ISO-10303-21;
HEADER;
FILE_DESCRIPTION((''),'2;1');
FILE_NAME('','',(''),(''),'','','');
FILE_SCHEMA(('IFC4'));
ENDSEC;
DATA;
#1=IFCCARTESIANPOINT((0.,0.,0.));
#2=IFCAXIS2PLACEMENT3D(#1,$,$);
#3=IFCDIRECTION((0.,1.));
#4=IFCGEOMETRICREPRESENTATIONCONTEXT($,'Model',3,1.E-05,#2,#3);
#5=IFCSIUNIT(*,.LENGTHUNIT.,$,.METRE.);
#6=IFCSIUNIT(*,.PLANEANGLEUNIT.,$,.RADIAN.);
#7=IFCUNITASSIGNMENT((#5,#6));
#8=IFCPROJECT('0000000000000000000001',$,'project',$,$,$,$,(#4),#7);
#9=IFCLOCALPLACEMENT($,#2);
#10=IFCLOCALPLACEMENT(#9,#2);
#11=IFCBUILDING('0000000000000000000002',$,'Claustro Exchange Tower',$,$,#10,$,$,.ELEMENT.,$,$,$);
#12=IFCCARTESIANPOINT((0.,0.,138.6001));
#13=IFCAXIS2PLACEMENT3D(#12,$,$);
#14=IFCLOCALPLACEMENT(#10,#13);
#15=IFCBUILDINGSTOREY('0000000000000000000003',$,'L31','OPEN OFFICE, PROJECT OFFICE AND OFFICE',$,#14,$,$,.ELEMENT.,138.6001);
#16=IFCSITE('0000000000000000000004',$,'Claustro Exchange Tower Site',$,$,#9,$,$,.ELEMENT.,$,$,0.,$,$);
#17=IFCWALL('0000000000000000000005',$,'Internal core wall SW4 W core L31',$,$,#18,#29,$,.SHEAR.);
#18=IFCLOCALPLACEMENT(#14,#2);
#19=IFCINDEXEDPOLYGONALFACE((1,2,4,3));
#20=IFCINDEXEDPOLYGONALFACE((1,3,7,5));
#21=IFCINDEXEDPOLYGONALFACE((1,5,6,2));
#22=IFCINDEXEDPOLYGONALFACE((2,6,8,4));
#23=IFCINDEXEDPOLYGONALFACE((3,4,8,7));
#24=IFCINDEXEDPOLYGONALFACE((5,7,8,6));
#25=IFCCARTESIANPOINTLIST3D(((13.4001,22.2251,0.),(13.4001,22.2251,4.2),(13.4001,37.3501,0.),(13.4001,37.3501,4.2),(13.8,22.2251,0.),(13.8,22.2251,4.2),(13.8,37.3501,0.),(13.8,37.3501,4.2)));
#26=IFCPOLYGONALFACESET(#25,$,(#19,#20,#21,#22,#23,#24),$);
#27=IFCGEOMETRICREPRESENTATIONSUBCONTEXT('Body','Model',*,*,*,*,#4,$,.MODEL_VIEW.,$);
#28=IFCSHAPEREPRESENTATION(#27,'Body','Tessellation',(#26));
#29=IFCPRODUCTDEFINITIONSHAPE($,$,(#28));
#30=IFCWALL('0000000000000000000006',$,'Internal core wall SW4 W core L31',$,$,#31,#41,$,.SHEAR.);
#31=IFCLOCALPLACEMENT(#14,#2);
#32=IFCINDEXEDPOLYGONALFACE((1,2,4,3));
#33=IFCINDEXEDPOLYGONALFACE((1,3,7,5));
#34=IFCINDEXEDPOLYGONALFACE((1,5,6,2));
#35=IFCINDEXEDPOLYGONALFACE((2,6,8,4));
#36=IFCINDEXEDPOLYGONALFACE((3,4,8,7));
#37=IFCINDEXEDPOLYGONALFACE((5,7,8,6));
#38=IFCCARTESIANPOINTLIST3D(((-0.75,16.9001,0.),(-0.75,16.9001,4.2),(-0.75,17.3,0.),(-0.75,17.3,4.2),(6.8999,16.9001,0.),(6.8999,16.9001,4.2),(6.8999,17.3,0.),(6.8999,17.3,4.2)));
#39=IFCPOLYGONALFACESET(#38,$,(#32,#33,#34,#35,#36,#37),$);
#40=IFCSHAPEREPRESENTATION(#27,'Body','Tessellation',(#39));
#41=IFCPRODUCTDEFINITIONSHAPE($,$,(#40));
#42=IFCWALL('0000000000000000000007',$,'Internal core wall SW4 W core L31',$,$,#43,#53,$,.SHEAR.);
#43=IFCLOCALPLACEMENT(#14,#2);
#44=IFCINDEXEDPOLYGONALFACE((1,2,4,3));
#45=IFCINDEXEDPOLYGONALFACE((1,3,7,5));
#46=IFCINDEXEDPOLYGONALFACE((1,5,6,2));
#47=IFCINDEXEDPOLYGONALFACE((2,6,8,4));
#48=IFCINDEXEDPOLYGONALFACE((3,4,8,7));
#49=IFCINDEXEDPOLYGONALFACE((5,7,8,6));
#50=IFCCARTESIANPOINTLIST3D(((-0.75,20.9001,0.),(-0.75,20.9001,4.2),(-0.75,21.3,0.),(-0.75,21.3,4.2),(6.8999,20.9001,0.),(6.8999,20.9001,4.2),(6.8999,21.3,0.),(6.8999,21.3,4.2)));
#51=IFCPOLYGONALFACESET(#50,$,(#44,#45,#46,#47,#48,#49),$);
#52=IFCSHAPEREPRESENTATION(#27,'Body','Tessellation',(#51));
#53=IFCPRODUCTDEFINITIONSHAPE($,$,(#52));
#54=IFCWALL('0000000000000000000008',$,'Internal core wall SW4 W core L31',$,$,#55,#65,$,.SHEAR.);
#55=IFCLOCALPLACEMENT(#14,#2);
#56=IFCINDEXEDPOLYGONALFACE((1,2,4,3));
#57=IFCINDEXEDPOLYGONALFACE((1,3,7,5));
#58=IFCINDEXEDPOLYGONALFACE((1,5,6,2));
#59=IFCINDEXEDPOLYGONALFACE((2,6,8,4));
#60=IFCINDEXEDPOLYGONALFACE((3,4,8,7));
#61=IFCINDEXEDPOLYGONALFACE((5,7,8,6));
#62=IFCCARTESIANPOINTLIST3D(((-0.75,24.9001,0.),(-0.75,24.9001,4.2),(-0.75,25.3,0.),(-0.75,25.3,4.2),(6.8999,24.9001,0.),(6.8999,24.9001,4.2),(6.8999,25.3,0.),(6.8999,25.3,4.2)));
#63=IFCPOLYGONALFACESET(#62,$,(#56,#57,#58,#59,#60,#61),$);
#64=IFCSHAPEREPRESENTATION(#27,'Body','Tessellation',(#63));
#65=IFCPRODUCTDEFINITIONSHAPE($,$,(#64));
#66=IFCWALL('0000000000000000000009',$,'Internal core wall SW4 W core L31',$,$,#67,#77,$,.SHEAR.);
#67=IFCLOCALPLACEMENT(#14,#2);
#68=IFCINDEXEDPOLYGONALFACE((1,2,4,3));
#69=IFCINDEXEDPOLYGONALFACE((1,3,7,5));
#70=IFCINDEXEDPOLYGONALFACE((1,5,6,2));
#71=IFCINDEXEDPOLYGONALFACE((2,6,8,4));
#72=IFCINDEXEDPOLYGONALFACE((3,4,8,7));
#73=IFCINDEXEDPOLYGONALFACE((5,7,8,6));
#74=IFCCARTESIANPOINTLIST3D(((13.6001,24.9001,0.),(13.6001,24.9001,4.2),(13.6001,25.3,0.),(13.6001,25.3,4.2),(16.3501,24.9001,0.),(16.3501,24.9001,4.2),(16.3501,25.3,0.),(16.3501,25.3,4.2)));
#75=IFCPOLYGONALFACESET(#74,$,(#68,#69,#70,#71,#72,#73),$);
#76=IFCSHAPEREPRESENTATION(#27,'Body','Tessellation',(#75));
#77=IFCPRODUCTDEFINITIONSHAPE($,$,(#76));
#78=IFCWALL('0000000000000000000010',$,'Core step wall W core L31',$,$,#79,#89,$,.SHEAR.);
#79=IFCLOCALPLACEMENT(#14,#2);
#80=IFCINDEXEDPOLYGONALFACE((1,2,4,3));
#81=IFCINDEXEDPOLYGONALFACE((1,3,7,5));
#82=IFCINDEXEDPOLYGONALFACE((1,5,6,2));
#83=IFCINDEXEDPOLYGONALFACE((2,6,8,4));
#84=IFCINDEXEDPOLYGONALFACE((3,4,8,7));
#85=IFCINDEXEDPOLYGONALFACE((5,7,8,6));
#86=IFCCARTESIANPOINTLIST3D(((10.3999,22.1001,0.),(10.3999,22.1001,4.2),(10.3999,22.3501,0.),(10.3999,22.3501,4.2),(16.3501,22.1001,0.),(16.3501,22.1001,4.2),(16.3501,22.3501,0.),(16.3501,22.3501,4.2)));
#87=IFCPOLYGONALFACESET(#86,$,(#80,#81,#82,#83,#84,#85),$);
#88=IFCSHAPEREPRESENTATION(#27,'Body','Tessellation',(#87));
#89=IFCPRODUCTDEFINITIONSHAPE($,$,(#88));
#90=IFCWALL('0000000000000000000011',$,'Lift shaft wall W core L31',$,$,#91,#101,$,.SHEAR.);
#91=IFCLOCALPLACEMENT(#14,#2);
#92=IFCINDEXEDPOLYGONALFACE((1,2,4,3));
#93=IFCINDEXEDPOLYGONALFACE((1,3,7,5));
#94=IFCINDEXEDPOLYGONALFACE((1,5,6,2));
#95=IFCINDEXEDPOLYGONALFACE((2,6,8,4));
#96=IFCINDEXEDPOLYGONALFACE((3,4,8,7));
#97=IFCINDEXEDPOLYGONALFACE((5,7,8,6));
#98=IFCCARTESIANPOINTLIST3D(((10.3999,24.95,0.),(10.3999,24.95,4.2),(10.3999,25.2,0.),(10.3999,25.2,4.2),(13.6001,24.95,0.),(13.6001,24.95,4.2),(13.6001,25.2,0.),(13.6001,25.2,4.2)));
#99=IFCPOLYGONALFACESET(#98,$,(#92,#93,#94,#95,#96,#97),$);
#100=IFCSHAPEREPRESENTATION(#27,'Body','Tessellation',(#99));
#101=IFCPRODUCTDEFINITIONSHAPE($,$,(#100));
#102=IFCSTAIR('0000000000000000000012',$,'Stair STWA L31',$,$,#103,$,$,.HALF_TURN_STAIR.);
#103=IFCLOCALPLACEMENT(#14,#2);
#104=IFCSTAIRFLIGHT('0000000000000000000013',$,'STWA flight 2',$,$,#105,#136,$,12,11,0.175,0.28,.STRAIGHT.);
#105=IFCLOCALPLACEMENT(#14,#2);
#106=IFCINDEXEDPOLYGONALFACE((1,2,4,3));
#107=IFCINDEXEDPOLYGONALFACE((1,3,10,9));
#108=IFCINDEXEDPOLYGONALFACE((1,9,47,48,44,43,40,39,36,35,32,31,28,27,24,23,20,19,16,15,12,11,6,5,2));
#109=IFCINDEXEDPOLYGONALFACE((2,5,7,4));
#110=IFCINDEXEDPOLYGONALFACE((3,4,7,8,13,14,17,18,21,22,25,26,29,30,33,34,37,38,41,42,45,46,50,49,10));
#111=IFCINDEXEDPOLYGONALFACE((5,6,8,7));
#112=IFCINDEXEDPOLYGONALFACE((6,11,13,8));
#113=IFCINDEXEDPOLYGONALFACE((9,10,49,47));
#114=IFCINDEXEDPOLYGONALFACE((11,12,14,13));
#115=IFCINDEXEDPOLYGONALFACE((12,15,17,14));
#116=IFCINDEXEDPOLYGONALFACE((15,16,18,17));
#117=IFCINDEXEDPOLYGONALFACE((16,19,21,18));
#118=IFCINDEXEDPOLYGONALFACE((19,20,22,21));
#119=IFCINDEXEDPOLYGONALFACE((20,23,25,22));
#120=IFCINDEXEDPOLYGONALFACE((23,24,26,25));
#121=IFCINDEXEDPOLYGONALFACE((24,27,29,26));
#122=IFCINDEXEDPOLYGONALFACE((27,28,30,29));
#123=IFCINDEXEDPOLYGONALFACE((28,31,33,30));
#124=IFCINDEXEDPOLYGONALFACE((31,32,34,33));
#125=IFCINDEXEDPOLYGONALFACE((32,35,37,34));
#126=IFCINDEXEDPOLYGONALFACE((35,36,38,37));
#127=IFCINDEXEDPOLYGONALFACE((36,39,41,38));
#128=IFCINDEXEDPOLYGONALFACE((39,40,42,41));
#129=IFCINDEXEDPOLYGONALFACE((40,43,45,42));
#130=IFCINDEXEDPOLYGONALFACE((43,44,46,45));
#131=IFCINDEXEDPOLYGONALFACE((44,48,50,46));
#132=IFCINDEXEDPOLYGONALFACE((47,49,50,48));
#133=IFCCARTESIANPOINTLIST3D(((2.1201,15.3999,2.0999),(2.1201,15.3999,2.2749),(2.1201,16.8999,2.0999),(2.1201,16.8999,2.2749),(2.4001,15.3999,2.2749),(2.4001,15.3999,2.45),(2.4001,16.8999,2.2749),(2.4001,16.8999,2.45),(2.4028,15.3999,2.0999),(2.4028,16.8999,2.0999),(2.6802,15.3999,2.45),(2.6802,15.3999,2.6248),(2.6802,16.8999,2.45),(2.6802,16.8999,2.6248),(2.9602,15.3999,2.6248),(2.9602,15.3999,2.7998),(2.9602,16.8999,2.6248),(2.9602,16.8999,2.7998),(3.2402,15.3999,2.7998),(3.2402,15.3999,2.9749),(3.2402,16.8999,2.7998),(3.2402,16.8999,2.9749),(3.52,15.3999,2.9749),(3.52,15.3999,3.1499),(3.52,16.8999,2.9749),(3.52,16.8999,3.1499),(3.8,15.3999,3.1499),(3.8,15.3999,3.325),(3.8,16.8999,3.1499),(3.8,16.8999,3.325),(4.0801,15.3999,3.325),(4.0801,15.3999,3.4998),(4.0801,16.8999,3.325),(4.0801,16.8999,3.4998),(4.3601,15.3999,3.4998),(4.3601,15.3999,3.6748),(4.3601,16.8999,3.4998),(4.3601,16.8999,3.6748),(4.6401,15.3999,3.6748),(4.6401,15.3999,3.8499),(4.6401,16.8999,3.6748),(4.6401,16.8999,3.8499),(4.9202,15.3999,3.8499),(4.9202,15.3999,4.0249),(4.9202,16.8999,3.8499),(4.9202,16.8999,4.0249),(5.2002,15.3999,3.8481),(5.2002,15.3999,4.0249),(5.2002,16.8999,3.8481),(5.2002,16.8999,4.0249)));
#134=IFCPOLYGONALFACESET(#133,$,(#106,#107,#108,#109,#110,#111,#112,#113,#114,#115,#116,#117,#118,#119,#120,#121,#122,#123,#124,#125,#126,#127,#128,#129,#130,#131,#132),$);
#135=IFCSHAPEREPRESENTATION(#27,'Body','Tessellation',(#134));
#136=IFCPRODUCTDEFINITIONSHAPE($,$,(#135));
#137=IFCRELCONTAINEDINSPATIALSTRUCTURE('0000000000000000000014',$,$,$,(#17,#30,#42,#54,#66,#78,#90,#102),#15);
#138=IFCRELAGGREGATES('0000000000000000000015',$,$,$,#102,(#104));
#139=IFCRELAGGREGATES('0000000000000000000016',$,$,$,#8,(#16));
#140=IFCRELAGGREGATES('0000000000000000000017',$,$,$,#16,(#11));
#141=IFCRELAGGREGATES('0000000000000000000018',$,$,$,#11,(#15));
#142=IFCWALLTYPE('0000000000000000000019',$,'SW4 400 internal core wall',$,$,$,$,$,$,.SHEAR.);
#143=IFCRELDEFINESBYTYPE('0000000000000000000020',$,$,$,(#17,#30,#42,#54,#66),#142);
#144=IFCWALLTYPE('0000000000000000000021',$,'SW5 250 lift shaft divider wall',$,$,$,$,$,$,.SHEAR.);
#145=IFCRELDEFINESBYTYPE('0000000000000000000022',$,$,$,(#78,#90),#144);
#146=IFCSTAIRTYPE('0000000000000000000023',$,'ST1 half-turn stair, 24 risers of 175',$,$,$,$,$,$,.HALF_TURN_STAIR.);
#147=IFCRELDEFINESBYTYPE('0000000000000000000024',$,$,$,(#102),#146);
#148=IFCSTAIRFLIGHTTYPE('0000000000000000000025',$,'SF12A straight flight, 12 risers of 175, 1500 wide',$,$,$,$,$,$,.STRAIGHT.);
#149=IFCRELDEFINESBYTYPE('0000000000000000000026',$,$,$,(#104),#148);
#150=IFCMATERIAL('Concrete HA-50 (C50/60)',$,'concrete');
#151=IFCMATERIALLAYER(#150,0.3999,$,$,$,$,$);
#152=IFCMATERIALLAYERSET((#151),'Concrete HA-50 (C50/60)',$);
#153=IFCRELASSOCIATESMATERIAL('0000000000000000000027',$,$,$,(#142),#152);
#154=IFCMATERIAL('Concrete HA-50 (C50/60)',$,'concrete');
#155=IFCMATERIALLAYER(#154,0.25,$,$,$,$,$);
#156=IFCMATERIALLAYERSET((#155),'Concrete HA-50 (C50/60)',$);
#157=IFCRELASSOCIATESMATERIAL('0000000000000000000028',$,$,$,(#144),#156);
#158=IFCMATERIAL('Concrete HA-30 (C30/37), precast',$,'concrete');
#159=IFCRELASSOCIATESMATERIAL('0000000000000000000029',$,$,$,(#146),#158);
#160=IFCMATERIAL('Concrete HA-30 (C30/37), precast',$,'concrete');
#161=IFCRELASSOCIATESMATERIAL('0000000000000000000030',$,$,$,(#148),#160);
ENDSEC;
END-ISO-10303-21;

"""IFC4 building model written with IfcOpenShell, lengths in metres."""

from ifc_helpers import new_model, si_unit, direction, frame, frame_2d, origin, place, context, subcontext, project, spatial, polyline, rectangle, outline, extrude, material, layer, layer_set, type_object, element, aggregate, save


model = new_model("IFC4")

# Units and contexts
model_context = context("Model", 3, precision=1e-05, world=origin(), true_north=direction((0.0, 1.0)))
body_context = subcontext(model_context, "Body", "Model", "MODEL_VIEW")
ifc_project = project(units=[si_unit("LENGTHUNIT", "METRE"), si_unit("PLANEANGLEUNIT", "RADIAN")], contexts=[model_context])

# Site, building, storey
site_placement = place(None, origin())
site = spatial("IfcSite", under=ifc_project, at=site_placement, Name="Claustro Exchange Tower Site", CompositionType="ELEMENT", RefElevation=0.0)
building_placement = place(site_placement, origin())
building = spatial("IfcBuilding", under=site, at=building_placement, Name="Claustro Exchange Tower", CompositionType="ELEMENT")
storey_placement = place(building_placement, frame((0.0, 0.0, 138.6001)))
storey = spatial("IfcBuildingStorey", under=building, at=storey_placement, Name="L31", Description="OPEN OFFICE, PROJECT OFFICE AND OFFICE", CompositionType="ELEMENT", Elevation=138.6001)

# Walls
ifc_material_1 = material(Name="Concrete HA-50 (C50/60)", Category="concrete")
ifc_layer_1 = layer(ifc_material_1, 0.3999)
ifc_layer_set_1 = layer_set([ifc_layer_1], Name="Concrete HA-50 (C50/60)")
wall_type_1 = type_object("IfcWallType", Name="SW4 400 internal core wall", PredefinedType="SHEAR", material=ifc_layer_set_1)
wall_1_placement = place(storey_placement, frame((13.6001, 22.2251, 0.0), z_axis=(0.0, 0.0, 1.0), x_axis=(0.0, 1.0, 0.0)))
element("IfcWall", 1, at=wall_1_placement, inside=storey, type_object=wall_type_1, Name="Internal core wall SW4 W core L31", PredefinedType="SHEAR", context=body_context, shape_type="SweptSolid", body=[
    extrude(rectangle(XDim=15.125, YDim=0.3999, at=frame_2d((7.5625, 0.0))), origin(), (0.0, 0.0, 1.0), 4.2),
])
for number, where, z_axis, x_axis, name in (
    (2, (-0.75, 17.1001, 0.0), (0.0, 0.0, 1.0), (1.0, 0.0, 0.0), "Internal core wall SW4 W core L31"),
    (3, (-0.75, 21.1001, 0.0), (0.0, 0.0, 1.0), (1.0, 0.0, 0.0), "Internal core wall SW4 W core L31"),
    (4, (-0.75, 25.1001, 0.0), (0.0, 0.0, 1.0), (1.0, 0.0, 0.0), "Internal core wall SW4 W core L31"),
):
    element("IfcWall", number, at=place(storey_placement, frame(where, z_axis=z_axis, x_axis=x_axis)), inside=storey, type_object=wall_type_1, Name=name, PredefinedType="SHEAR", context=body_context, shape_type="SweptSolid", body=[
        extrude(rectangle(XDim=7.6499, YDim=0.3999, at=frame_2d((3.825, 0.0))), origin(), (0.0, 0.0, 1.0), 4.2),
    ])
wall_2_placement = place(storey_placement, frame((13.6001, 25.1001, 0.0), z_axis=(0.0, 0.0, 1.0), x_axis=(1.0, 0.0, 0.0)))
element("IfcWall", 5, at=wall_2_placement, inside=storey, type_object=wall_type_1, Name="Internal core wall SW4 W core L31", PredefinedType="SHEAR", context=body_context, shape_type="SweptSolid", body=[
    extrude(rectangle(XDim=2.75, YDim=0.3999, at=frame_2d((1.375, 0.0))), origin(), (0.0, 0.0, 1.0), 4.2),
])
ifc_material_2 = material(Name="Concrete HA-50 (C50/60)", Category="concrete")
ifc_layer_2 = layer(ifc_material_2, 0.25)
ifc_layer_set_2 = layer_set([ifc_layer_2], Name="Concrete HA-50 (C50/60)")
wall_type_2 = type_object("IfcWallType", Name="SW5 250 lift shaft divider wall", PredefinedType="SHEAR", material=ifc_layer_set_2)
wall_3_placement = place(storey_placement, frame((10.3999, 22.2251, 0.0), z_axis=(0.0, 0.0, 1.0), x_axis=(1.0, 0.0, 0.0)))
element("IfcWall", 6, at=wall_3_placement, inside=storey, type_object=wall_type_2, Name="Core step wall W core L31", PredefinedType="SHEAR", context=body_context, shape_type="SweptSolid", body=[
    extrude(rectangle(XDim=5.9502, YDim=0.25, at=frame_2d((2.9751, 0.0))), origin(), (0.0, 0.0, 1.0), 4.2),
])
wall_4_placement = place(storey_placement, frame((10.3999, 25.075, 0.0), z_axis=(0.0, 0.0, 1.0), x_axis=(1.0, 0.0, 0.0)))
element("IfcWall", 7, at=wall_4_placement, inside=storey, type_object=wall_type_2, Name="Lift shaft wall W core L31", PredefinedType="SHEAR", context=body_context, shape_type="SweptSolid", body=[
    extrude(rectangle(XDim=3.2002, YDim=0.25, at=frame_2d((1.6001, 0.0))), origin(), (0.0, 0.0, 1.0), 4.2),
])

# Stair, stair flight
ifc_material_3 = material(Name="Concrete HA-30 (C30/37), precast", Category="concrete")
stair_type = type_object("IfcStairType", Name="ST1 half-turn stair, 24 risers of 175", PredefinedType="HALF_TURN_STAIR", material=ifc_material_3)
stair_placement = place(storey_placement, origin())
stair = element("IfcStair", 8, at=stair_placement, inside=storey, type_object=stair_type, Name="Stair STWA L31", PredefinedType="HALF_TURN_STAIR")
ifc_material_4 = material(Name="Concrete HA-30 (C30/37), precast", Category="concrete")
stair_flight_type = type_object("IfcStairFlightType", Name="SF12A straight flight, 12 risers of 175, 1500 wide", PredefinedType="STRAIGHT", material=ifc_material_4)
stair_flight_placement = place(storey_placement, frame((2.1201, 16.1499, 2.0999), z_axis=(0.0, 0.0, 1.0), x_axis=(1.0, 0.0, 0.0)))
stair_flight = element("IfcStairFlight", 9, at=stair_flight_placement, type_object=stair_flight_type, Name="STWA flight 2", NumberOfRisers=12, NumberOfTreads=11, PredefinedType="STRAIGHT", RiserHeight=0.175, TreadLength=0.28, context=body_context, shape_type="SweptSolid", body=[
    extrude(outline(polyline([(0.0, 0.0), (0.0, 0.175), (0.28, 0.175), (0.28, 0.3501), (0.5601, 0.3501), (0.5601, 0.5249), (0.8401, 0.5249), (0.8401, 0.7), (1.1201, 0.7), (1.1201, 0.875), (1.3999, 0.875), (1.3999, 1.05), (1.6799, 1.05), (1.6799, 1.2251), (1.96, 1.2251), (1.96, 1.3999), (2.24, 1.3999), (2.24, 1.575), (2.52, 1.575), (2.52, 1.75), (2.8, 1.75), (2.8, 1.925), (3.0801, 1.925), (3.0801, 2.1001), (3.0801, 1.7483), (0.2827, 0.0), (0.0, 0.0)])), frame((0.0, 0.75, 0.0), z_axis=(0.0, -1.0, 0.0), x_axis=(1.0, 0.0, 0.0)), (0.0, 0.0, 1.0), 1.5),
])
aggregate(stair, [stair_flight])

save(model, "model.ifc")
